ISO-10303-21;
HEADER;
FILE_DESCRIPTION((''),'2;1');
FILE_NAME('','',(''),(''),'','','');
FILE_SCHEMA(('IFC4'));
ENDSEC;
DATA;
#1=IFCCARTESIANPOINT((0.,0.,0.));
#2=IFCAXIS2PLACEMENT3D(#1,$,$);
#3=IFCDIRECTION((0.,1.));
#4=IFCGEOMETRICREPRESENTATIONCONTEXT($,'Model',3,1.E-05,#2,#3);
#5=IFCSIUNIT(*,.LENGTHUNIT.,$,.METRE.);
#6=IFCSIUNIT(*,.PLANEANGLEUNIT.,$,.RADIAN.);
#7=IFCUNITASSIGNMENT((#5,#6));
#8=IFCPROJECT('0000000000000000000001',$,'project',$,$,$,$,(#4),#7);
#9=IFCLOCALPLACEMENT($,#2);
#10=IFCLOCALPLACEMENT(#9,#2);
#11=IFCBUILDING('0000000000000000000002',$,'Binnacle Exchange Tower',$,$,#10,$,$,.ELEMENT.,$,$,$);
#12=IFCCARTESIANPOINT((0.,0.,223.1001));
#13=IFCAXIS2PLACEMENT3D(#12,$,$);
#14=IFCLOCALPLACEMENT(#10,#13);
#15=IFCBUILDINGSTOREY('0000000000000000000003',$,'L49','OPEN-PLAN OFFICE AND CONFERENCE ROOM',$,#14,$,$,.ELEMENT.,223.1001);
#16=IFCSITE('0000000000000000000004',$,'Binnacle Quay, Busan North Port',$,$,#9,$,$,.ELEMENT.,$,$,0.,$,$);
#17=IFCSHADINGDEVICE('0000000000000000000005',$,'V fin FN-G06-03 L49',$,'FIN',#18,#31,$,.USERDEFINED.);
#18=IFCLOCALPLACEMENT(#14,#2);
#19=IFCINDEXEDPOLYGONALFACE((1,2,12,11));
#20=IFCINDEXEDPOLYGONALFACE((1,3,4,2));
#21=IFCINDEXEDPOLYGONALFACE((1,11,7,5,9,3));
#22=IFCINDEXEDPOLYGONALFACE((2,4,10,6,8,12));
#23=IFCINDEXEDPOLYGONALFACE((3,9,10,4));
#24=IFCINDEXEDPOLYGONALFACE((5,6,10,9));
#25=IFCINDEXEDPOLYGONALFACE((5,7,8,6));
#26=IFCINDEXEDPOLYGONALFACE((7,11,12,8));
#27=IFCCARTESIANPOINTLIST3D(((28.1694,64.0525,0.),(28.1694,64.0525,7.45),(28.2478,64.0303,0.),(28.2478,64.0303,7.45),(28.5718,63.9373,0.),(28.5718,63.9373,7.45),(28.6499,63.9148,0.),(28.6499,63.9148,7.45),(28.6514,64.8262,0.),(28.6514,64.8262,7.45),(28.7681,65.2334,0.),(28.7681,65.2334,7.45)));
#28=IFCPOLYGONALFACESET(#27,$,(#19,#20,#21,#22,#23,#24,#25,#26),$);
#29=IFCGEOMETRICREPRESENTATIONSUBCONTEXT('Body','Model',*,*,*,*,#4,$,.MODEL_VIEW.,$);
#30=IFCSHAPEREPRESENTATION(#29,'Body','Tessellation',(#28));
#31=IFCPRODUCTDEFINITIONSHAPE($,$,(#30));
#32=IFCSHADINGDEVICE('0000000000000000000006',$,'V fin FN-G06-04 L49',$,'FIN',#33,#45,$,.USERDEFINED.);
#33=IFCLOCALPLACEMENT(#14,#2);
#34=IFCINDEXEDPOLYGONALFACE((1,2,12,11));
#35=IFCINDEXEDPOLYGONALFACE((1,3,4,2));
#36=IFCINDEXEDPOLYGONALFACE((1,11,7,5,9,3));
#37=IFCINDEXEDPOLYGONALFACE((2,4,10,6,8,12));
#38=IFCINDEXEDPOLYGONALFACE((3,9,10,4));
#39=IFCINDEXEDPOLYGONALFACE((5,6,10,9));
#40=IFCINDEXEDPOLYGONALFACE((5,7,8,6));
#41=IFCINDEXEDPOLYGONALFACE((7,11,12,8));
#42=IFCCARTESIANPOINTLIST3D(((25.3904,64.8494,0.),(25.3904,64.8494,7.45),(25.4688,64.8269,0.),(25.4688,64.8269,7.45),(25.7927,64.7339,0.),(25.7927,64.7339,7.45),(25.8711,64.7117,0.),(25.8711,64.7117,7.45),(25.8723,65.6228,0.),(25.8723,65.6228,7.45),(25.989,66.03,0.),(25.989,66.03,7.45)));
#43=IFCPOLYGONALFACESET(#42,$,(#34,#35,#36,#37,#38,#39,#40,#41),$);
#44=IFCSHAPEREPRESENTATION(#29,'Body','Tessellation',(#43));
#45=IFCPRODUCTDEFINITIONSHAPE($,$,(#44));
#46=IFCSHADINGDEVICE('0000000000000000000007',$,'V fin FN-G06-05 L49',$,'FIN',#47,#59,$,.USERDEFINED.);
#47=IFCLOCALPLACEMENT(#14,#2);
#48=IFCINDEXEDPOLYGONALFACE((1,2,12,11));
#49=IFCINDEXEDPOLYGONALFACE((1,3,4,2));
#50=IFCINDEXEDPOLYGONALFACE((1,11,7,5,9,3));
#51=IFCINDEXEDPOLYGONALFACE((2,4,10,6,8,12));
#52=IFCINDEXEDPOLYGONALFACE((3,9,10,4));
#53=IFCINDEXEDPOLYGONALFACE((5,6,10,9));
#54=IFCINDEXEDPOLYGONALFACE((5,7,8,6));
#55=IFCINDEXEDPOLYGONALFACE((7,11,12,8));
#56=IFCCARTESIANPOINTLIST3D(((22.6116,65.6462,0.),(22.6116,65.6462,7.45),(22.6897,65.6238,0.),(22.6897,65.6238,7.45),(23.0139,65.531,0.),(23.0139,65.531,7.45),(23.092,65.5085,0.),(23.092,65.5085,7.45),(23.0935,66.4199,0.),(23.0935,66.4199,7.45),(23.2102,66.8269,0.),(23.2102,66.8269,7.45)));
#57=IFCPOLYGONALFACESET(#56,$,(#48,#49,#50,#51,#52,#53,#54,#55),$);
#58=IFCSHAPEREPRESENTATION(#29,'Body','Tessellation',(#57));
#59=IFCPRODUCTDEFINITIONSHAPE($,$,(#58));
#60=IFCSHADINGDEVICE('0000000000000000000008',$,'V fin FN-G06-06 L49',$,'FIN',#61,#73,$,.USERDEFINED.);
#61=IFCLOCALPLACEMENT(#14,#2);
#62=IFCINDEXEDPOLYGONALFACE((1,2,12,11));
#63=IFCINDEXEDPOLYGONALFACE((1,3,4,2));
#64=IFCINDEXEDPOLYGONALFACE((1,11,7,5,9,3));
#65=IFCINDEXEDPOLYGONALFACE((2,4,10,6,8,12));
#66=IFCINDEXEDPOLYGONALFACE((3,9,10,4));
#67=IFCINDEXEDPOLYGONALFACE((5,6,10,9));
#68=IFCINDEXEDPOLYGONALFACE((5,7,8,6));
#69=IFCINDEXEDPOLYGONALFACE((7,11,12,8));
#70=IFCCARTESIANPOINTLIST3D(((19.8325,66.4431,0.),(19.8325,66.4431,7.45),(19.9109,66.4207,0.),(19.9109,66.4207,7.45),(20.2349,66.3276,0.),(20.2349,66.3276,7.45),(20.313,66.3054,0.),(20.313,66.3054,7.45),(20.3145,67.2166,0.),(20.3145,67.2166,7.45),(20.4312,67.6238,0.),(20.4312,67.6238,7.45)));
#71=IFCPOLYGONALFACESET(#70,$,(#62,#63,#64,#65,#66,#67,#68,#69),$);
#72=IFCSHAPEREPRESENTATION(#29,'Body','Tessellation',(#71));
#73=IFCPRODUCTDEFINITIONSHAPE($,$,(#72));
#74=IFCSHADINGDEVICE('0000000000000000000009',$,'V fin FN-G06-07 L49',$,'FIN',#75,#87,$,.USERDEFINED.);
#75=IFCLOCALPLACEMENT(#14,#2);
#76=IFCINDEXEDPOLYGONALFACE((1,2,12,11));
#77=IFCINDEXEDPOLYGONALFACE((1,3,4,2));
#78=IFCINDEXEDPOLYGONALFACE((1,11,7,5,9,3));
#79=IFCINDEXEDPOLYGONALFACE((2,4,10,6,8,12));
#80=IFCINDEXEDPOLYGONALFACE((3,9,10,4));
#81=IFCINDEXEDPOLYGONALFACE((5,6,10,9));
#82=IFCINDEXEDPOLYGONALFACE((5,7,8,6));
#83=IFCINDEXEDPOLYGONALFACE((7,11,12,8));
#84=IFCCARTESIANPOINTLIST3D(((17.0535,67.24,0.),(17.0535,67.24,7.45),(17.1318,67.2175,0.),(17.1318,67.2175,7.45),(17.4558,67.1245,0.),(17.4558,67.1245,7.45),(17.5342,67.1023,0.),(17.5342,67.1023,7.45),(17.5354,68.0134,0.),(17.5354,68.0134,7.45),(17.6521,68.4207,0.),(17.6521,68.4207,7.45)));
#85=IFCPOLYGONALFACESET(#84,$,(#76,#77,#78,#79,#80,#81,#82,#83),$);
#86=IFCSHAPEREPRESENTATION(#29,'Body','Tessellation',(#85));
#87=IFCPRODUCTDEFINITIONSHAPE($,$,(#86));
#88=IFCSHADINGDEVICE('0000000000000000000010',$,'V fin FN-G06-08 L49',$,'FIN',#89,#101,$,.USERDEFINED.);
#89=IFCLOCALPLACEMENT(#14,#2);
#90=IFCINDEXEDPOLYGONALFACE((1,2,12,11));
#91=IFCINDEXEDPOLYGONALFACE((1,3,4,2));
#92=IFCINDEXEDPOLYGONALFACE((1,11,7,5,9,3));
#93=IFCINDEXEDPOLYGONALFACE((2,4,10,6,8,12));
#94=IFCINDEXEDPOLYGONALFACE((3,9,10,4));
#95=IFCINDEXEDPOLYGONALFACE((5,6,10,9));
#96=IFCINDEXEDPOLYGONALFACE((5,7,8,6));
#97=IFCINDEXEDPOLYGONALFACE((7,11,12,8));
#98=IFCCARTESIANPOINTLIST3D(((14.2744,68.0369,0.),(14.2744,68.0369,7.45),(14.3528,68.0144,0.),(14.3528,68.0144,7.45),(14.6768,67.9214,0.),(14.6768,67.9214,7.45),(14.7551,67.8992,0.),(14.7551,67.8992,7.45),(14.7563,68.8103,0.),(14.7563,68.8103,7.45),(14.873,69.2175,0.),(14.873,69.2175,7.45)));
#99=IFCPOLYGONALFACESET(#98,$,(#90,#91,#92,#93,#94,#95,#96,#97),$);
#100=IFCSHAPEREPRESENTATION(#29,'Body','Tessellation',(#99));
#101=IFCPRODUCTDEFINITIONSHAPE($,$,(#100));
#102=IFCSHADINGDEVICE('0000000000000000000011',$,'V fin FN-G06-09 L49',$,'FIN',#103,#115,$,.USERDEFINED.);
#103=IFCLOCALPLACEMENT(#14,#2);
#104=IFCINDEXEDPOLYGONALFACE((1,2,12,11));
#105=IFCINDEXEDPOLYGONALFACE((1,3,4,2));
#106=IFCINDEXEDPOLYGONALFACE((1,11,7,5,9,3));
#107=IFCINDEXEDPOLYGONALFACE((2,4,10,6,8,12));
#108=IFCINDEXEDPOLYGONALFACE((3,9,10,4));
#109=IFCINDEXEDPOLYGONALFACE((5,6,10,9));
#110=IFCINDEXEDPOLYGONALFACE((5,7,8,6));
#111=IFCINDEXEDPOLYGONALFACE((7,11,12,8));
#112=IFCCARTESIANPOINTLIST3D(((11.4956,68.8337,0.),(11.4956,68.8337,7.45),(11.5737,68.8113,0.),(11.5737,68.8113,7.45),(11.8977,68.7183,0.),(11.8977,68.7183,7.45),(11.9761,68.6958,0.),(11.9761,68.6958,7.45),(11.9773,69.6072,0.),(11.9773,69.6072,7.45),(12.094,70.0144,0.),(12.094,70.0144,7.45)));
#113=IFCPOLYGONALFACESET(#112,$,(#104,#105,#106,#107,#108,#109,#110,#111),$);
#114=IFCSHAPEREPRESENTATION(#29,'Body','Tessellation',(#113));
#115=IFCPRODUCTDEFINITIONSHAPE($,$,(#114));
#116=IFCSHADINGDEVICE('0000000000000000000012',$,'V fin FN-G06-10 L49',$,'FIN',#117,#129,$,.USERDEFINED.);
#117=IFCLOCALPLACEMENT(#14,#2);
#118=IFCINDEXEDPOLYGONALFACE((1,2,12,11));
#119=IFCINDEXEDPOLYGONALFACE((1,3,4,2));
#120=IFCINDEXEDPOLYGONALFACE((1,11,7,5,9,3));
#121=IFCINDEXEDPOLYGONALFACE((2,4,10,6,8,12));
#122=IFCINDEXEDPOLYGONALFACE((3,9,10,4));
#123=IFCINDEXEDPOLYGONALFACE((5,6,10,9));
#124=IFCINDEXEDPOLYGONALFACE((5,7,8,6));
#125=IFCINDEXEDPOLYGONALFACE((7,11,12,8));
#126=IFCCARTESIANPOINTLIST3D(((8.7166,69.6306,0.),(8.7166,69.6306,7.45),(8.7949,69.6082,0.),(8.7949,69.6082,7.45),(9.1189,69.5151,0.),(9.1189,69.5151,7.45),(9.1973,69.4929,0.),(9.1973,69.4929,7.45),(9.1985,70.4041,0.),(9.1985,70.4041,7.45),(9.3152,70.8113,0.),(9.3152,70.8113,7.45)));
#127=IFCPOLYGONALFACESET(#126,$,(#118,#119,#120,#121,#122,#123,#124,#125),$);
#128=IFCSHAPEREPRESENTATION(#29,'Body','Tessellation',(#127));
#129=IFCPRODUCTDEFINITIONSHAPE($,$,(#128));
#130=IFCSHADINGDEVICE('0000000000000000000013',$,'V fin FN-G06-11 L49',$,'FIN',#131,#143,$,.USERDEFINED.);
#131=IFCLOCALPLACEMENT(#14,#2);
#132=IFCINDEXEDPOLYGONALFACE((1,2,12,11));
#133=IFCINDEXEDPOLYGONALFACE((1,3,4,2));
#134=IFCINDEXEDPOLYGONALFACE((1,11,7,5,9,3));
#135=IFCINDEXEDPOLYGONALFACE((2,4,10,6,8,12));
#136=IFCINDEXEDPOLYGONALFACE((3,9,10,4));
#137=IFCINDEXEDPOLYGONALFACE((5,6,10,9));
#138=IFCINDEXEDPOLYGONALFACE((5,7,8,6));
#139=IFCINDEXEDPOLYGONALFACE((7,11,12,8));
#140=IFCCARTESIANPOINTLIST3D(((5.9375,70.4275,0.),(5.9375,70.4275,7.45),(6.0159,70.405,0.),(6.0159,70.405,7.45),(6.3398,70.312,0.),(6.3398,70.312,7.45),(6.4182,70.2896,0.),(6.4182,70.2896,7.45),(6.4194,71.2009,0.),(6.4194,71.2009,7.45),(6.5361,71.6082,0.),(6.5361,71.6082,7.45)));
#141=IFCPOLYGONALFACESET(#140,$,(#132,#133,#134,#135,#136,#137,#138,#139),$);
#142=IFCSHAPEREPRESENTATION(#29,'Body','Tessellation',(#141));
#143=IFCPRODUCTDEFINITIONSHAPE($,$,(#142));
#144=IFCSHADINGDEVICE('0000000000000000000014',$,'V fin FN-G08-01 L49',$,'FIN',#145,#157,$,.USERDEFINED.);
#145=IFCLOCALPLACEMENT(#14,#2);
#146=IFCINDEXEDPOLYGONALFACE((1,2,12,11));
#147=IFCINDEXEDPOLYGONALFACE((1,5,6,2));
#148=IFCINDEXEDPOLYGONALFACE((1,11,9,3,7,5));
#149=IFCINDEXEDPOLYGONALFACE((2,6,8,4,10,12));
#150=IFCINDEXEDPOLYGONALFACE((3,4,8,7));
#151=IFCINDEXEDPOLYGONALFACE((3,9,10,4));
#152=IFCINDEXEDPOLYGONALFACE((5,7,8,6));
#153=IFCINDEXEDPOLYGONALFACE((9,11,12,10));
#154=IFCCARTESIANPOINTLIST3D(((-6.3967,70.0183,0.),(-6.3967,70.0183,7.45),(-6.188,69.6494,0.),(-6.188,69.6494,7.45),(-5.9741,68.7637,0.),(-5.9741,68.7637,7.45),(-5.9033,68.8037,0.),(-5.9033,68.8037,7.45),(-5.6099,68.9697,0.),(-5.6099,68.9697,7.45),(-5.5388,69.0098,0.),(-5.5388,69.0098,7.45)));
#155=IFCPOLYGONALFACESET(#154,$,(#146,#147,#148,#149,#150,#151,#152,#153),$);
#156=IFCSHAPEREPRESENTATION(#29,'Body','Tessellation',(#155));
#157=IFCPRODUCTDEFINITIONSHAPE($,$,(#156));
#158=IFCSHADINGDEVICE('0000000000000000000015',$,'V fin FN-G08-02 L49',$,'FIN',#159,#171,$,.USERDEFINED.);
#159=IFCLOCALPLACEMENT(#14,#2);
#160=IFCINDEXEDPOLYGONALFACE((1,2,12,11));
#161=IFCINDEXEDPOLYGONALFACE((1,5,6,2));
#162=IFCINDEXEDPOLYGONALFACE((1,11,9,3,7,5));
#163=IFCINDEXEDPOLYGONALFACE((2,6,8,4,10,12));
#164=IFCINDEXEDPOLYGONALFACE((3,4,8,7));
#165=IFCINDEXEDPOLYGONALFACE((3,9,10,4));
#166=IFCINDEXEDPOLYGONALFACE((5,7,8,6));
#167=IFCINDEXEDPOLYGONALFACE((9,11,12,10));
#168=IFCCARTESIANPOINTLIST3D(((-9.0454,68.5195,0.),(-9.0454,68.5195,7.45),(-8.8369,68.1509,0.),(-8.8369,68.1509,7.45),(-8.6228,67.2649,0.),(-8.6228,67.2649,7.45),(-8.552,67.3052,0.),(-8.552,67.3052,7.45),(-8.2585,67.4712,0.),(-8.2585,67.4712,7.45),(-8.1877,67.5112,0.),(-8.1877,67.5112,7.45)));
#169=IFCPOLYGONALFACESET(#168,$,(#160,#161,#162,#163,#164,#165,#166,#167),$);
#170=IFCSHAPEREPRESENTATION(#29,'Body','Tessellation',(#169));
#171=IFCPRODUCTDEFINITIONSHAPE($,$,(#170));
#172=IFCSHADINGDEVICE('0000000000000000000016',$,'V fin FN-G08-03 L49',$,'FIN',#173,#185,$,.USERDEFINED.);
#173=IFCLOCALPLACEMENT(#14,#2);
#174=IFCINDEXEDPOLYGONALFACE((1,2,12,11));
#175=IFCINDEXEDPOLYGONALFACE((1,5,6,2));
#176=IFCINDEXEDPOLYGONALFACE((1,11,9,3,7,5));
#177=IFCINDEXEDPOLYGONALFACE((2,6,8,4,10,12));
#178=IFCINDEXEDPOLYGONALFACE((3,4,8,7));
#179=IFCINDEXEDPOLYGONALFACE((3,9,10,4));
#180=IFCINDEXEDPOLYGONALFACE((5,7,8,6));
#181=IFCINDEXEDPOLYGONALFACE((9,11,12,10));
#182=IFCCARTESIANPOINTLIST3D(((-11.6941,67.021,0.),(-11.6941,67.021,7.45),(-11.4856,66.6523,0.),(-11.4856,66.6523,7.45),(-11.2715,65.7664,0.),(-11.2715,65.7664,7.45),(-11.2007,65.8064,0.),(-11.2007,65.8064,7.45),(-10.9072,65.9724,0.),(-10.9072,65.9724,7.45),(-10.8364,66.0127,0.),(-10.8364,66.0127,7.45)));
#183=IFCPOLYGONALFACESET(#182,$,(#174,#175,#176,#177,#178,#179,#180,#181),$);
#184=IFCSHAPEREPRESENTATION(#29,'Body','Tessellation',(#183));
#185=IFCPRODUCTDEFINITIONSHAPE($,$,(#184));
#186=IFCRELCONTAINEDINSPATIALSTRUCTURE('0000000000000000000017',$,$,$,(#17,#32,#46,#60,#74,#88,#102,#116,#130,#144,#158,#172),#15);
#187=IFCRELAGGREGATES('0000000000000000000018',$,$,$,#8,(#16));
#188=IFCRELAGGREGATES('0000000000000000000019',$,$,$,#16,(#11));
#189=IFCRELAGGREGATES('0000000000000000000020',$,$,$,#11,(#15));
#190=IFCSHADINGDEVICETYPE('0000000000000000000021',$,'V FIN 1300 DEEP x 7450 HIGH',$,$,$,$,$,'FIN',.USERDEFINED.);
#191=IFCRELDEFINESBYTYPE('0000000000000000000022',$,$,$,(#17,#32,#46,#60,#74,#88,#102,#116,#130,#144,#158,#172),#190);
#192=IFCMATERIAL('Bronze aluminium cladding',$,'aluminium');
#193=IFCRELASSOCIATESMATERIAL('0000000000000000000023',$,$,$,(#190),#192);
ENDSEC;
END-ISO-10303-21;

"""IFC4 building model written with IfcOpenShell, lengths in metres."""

from ifc_helpers import new_model, si_unit, direction, frame, origin, place, context, subcontext, project, spatial, polyline, outline, extrude, material, type_object, element, save


model = new_model("IFC4")

# Units and contexts
model_context = context("Model", 3, precision=1e-05, world=origin(), true_north=direction((0.0, 1.0)))
body_context = subcontext(model_context, "Body", "Model", "MODEL_VIEW")
ifc_project = project(units=[si_unit("LENGTHUNIT", "METRE"), si_unit("PLANEANGLEUNIT", "RADIAN")], contexts=[model_context])

# Site, building, storey
site_placement = place(None, origin())
site = spatial("IfcSite", under=ifc_project, at=site_placement, Name="Binnacle Quay, Busan North Port", CompositionType="ELEMENT", RefElevation=0.0)
building_placement = place(site_placement, origin())
building = spatial("IfcBuilding", under=site, at=building_placement, Name="Binnacle Exchange Tower", CompositionType="ELEMENT")
storey_placement = place(building_placement, frame((0.0, 0.0, 223.1001)))
storey = spatial("IfcBuildingStorey", under=building, at=storey_placement, Name="L49", Description="OPEN-PLAN OFFICE AND CONFERENCE ROOM", CompositionType="ELEMENT", Elevation=223.1001)

# Shading devices
ifc_material_1 = material(Name="Bronze aluminium cladding", Category="aluminium")
shading_device_type = type_object("IfcShadingDeviceType", Name="V FIN 1300 DEEP x 7450 HIGH", ElementType="FIN", PredefinedType="USERDEFINED", material=ifc_material_1)
shading_device_1_placement = place(storey_placement, origin())
element("IfcShadingDevice", 1, at=shading_device_1_placement, inside=storey, type_object=shading_device_type, Name="V fin FN-G06-03 L49", ObjectType="FIN", PredefinedType="USERDEFINED", context=body_context, shape_type="SweptSolid", body=[
    extrude(outline(polyline([(28.6499, 63.9148), (28.7681, 65.2334), (28.1694, 64.0525), (28.2478, 64.0303), (28.6514, 64.8262), (28.5718, 63.9373), (28.6499, 63.9148)])), origin(), (0.0, 0.0, 1.0), 7.45),
])
shading_device_2_placement = place(storey_placement, origin())
element("IfcShadingDevice", 2, at=shading_device_2_placement, inside=storey, type_object=shading_device_type, Name="V fin FN-G06-04 L49", ObjectType="FIN", PredefinedType="USERDEFINED", context=body_context, shape_type="SweptSolid", body=[
    extrude(outline(polyline([(25.8711, 64.7117), (25.989, 66.03), (25.3904, 64.8494), (25.4688, 64.8269), (25.8723, 65.6228), (25.7927, 64.7339), (25.8711, 64.7117)])), origin(), (0.0, 0.0, 1.0), 7.45),
])
shading_device_3_placement = place(storey_placement, origin())
element("IfcShadingDevice", 3, at=shading_device_3_placement, inside=storey, type_object=shading_device_type, Name="V fin FN-G06-05 L49", ObjectType="FIN", PredefinedType="USERDEFINED", context=body_context, shape_type="SweptSolid", body=[
    extrude(outline(polyline([(23.092, 65.5085), (23.2102, 66.8269), (22.6116, 65.6462), (22.6897, 65.6238), (23.0935, 66.4199), (23.0139, 65.531), (23.092, 65.5085)])), origin(), (0.0, 0.0, 1.0), 7.45),
])
shading_device_4_placement = place(storey_placement, origin())
element("IfcShadingDevice", 4, at=shading_device_4_placement, inside=storey, type_object=shading_device_type, Name="V fin FN-G06-06 L49", ObjectType="FIN", PredefinedType="USERDEFINED", context=body_context, shape_type="SweptSolid", body=[
    extrude(outline(polyline([(20.313, 66.3054), (20.4312, 67.6238), (19.8325, 66.4431), (19.9109, 66.4207), (20.3145, 67.2166), (20.2349, 66.3276), (20.313, 66.3054)])), origin(), (0.0, 0.0, 1.0), 7.45),
])
shading_device_5_placement = place(storey_placement, origin())
element("IfcShadingDevice", 5, at=shading_device_5_placement, inside=storey, type_object=shading_device_type, Name="V fin FN-G06-07 L49", ObjectType="FIN", PredefinedType="USERDEFINED", context=body_context, shape_type="SweptSolid", body=[
    extrude(outline(polyline([(17.5342, 67.1023), (17.6521, 68.4207), (17.0535, 67.24), (17.1318, 67.2175), (17.5354, 68.0134), (17.4558, 67.1245), (17.5342, 67.1023)])), origin(), (0.0, 0.0, 1.0), 7.45),
])
shading_device_6_placement = place(storey_placement, origin())
element("IfcShadingDevice", 6, at=shading_device_6_placement, inside=storey, type_object=shading_device_type, Name="V fin FN-G06-08 L49", ObjectType="FIN", PredefinedType="USERDEFINED", context=body_context, shape_type="SweptSolid", body=[
    extrude(outline(polyline([(14.7551, 67.8992), (14.873, 69.2175), (14.2744, 68.0369), (14.3528, 68.0144), (14.7563, 68.8103), (14.6768, 67.9214), (14.7551, 67.8992)])), origin(), (0.0, 0.0, 1.0), 7.45),
])
shading_device_7_placement = place(storey_placement, origin())
element("IfcShadingDevice", 7, at=shading_device_7_placement, inside=storey, type_object=shading_device_type, Name="V fin FN-G06-09 L49", ObjectType="FIN", PredefinedType="USERDEFINED", context=body_context, shape_type="SweptSolid", body=[
    extrude(outline(polyline([(11.9761, 68.6958), (12.094, 70.0144), (11.4956, 68.8337), (11.5737, 68.8113), (11.9773, 69.6072), (11.8977, 68.7183), (11.9761, 68.6958)])), origin(), (0.0, 0.0, 1.0), 7.45),
])
shading_device_8_placement = place(storey_placement, origin())
element("IfcShadingDevice", 8, at=shading_device_8_placement, inside=storey, type_object=shading_device_type, Name="V fin FN-G06-10 L49", ObjectType="FIN", PredefinedType="USERDEFINED", context=body_context, shape_type="SweptSolid", body=[
    extrude(outline(polyline([(9.1973, 69.4929), (9.3152, 70.8113), (8.7166, 69.6306), (8.7949, 69.6082), (9.1985, 70.4041), (9.1189, 69.5151), (9.1973, 69.4929)])), origin(), (0.0, 0.0, 1.0), 7.45),
])
shading_device_9_placement = place(storey_placement, origin())
element("IfcShadingDevice", 9, at=shading_device_9_placement, inside=storey, type_object=shading_device_type, Name="V fin FN-G06-11 L49", ObjectType="FIN", PredefinedType="USERDEFINED", context=body_context, shape_type="SweptSolid", body=[
    extrude(outline(polyline([(6.4182, 70.2896), (6.5361, 71.6082), (5.9375, 70.4275), (6.0159, 70.405), (6.4194, 71.2009), (6.3398, 70.312), (6.4182, 70.2896)])), origin(), (0.0, 0.0, 1.0), 7.45),
])
shading_device_10_placement = place(storey_placement, origin())
element("IfcShadingDevice", 10, at=shading_device_10_placement, inside=storey, type_object=shading_device_type, Name="V fin FN-G08-01 L49", ObjectType="FIN", PredefinedType="USERDEFINED", context=body_context, shape_type="SweptSolid", body=[
    extrude(outline(polyline([(-5.5388, 69.0098), (-6.3967, 70.0183), (-5.9741, 68.7637), (-5.9033, 68.8037), (-6.188, 69.6494), (-5.6099, 68.9697), (-5.5388, 69.0098)])), origin(), (0.0, 0.0, 1.0), 7.45),
])
shading_device_11_placement = place(storey_placement, origin())
element("IfcShadingDevice", 11, at=shading_device_11_placement, inside=storey, type_object=shading_device_type, Name="V fin FN-G08-02 L49", ObjectType="FIN", PredefinedType="USERDEFINED", context=body_context, shape_type="SweptSolid", body=[
    extrude(outline(polyline([(-8.1877, 67.5112), (-9.0454, 68.5195), (-8.6228, 67.2649), (-8.552, 67.3052), (-8.8369, 68.1509), (-8.2585, 67.4712), (-8.1877, 67.5112)])), origin(), (0.0, 0.0, 1.0), 7.45),
])
shading_device_12_placement = place(storey_placement, origin())
element("IfcShadingDevice", 12, at=shading_device_12_placement, inside=storey, type_object=shading_device_type, Name="V fin FN-G08-03 L49", ObjectType="FIN", PredefinedType="USERDEFINED", context=body_context, shape_type="SweptSolid", body=[
    extrude(outline(polyline([(-10.8364, 66.0127), (-11.6941, 67.021), (-11.2715, 65.7664), (-11.2007, 65.8064), (-11.4856, 66.6523), (-10.9072, 65.9724), (-10.8364, 66.0127)])), origin(), (0.0, 0.0, 1.0), 7.45),
])

save(model, "model.ifc")
